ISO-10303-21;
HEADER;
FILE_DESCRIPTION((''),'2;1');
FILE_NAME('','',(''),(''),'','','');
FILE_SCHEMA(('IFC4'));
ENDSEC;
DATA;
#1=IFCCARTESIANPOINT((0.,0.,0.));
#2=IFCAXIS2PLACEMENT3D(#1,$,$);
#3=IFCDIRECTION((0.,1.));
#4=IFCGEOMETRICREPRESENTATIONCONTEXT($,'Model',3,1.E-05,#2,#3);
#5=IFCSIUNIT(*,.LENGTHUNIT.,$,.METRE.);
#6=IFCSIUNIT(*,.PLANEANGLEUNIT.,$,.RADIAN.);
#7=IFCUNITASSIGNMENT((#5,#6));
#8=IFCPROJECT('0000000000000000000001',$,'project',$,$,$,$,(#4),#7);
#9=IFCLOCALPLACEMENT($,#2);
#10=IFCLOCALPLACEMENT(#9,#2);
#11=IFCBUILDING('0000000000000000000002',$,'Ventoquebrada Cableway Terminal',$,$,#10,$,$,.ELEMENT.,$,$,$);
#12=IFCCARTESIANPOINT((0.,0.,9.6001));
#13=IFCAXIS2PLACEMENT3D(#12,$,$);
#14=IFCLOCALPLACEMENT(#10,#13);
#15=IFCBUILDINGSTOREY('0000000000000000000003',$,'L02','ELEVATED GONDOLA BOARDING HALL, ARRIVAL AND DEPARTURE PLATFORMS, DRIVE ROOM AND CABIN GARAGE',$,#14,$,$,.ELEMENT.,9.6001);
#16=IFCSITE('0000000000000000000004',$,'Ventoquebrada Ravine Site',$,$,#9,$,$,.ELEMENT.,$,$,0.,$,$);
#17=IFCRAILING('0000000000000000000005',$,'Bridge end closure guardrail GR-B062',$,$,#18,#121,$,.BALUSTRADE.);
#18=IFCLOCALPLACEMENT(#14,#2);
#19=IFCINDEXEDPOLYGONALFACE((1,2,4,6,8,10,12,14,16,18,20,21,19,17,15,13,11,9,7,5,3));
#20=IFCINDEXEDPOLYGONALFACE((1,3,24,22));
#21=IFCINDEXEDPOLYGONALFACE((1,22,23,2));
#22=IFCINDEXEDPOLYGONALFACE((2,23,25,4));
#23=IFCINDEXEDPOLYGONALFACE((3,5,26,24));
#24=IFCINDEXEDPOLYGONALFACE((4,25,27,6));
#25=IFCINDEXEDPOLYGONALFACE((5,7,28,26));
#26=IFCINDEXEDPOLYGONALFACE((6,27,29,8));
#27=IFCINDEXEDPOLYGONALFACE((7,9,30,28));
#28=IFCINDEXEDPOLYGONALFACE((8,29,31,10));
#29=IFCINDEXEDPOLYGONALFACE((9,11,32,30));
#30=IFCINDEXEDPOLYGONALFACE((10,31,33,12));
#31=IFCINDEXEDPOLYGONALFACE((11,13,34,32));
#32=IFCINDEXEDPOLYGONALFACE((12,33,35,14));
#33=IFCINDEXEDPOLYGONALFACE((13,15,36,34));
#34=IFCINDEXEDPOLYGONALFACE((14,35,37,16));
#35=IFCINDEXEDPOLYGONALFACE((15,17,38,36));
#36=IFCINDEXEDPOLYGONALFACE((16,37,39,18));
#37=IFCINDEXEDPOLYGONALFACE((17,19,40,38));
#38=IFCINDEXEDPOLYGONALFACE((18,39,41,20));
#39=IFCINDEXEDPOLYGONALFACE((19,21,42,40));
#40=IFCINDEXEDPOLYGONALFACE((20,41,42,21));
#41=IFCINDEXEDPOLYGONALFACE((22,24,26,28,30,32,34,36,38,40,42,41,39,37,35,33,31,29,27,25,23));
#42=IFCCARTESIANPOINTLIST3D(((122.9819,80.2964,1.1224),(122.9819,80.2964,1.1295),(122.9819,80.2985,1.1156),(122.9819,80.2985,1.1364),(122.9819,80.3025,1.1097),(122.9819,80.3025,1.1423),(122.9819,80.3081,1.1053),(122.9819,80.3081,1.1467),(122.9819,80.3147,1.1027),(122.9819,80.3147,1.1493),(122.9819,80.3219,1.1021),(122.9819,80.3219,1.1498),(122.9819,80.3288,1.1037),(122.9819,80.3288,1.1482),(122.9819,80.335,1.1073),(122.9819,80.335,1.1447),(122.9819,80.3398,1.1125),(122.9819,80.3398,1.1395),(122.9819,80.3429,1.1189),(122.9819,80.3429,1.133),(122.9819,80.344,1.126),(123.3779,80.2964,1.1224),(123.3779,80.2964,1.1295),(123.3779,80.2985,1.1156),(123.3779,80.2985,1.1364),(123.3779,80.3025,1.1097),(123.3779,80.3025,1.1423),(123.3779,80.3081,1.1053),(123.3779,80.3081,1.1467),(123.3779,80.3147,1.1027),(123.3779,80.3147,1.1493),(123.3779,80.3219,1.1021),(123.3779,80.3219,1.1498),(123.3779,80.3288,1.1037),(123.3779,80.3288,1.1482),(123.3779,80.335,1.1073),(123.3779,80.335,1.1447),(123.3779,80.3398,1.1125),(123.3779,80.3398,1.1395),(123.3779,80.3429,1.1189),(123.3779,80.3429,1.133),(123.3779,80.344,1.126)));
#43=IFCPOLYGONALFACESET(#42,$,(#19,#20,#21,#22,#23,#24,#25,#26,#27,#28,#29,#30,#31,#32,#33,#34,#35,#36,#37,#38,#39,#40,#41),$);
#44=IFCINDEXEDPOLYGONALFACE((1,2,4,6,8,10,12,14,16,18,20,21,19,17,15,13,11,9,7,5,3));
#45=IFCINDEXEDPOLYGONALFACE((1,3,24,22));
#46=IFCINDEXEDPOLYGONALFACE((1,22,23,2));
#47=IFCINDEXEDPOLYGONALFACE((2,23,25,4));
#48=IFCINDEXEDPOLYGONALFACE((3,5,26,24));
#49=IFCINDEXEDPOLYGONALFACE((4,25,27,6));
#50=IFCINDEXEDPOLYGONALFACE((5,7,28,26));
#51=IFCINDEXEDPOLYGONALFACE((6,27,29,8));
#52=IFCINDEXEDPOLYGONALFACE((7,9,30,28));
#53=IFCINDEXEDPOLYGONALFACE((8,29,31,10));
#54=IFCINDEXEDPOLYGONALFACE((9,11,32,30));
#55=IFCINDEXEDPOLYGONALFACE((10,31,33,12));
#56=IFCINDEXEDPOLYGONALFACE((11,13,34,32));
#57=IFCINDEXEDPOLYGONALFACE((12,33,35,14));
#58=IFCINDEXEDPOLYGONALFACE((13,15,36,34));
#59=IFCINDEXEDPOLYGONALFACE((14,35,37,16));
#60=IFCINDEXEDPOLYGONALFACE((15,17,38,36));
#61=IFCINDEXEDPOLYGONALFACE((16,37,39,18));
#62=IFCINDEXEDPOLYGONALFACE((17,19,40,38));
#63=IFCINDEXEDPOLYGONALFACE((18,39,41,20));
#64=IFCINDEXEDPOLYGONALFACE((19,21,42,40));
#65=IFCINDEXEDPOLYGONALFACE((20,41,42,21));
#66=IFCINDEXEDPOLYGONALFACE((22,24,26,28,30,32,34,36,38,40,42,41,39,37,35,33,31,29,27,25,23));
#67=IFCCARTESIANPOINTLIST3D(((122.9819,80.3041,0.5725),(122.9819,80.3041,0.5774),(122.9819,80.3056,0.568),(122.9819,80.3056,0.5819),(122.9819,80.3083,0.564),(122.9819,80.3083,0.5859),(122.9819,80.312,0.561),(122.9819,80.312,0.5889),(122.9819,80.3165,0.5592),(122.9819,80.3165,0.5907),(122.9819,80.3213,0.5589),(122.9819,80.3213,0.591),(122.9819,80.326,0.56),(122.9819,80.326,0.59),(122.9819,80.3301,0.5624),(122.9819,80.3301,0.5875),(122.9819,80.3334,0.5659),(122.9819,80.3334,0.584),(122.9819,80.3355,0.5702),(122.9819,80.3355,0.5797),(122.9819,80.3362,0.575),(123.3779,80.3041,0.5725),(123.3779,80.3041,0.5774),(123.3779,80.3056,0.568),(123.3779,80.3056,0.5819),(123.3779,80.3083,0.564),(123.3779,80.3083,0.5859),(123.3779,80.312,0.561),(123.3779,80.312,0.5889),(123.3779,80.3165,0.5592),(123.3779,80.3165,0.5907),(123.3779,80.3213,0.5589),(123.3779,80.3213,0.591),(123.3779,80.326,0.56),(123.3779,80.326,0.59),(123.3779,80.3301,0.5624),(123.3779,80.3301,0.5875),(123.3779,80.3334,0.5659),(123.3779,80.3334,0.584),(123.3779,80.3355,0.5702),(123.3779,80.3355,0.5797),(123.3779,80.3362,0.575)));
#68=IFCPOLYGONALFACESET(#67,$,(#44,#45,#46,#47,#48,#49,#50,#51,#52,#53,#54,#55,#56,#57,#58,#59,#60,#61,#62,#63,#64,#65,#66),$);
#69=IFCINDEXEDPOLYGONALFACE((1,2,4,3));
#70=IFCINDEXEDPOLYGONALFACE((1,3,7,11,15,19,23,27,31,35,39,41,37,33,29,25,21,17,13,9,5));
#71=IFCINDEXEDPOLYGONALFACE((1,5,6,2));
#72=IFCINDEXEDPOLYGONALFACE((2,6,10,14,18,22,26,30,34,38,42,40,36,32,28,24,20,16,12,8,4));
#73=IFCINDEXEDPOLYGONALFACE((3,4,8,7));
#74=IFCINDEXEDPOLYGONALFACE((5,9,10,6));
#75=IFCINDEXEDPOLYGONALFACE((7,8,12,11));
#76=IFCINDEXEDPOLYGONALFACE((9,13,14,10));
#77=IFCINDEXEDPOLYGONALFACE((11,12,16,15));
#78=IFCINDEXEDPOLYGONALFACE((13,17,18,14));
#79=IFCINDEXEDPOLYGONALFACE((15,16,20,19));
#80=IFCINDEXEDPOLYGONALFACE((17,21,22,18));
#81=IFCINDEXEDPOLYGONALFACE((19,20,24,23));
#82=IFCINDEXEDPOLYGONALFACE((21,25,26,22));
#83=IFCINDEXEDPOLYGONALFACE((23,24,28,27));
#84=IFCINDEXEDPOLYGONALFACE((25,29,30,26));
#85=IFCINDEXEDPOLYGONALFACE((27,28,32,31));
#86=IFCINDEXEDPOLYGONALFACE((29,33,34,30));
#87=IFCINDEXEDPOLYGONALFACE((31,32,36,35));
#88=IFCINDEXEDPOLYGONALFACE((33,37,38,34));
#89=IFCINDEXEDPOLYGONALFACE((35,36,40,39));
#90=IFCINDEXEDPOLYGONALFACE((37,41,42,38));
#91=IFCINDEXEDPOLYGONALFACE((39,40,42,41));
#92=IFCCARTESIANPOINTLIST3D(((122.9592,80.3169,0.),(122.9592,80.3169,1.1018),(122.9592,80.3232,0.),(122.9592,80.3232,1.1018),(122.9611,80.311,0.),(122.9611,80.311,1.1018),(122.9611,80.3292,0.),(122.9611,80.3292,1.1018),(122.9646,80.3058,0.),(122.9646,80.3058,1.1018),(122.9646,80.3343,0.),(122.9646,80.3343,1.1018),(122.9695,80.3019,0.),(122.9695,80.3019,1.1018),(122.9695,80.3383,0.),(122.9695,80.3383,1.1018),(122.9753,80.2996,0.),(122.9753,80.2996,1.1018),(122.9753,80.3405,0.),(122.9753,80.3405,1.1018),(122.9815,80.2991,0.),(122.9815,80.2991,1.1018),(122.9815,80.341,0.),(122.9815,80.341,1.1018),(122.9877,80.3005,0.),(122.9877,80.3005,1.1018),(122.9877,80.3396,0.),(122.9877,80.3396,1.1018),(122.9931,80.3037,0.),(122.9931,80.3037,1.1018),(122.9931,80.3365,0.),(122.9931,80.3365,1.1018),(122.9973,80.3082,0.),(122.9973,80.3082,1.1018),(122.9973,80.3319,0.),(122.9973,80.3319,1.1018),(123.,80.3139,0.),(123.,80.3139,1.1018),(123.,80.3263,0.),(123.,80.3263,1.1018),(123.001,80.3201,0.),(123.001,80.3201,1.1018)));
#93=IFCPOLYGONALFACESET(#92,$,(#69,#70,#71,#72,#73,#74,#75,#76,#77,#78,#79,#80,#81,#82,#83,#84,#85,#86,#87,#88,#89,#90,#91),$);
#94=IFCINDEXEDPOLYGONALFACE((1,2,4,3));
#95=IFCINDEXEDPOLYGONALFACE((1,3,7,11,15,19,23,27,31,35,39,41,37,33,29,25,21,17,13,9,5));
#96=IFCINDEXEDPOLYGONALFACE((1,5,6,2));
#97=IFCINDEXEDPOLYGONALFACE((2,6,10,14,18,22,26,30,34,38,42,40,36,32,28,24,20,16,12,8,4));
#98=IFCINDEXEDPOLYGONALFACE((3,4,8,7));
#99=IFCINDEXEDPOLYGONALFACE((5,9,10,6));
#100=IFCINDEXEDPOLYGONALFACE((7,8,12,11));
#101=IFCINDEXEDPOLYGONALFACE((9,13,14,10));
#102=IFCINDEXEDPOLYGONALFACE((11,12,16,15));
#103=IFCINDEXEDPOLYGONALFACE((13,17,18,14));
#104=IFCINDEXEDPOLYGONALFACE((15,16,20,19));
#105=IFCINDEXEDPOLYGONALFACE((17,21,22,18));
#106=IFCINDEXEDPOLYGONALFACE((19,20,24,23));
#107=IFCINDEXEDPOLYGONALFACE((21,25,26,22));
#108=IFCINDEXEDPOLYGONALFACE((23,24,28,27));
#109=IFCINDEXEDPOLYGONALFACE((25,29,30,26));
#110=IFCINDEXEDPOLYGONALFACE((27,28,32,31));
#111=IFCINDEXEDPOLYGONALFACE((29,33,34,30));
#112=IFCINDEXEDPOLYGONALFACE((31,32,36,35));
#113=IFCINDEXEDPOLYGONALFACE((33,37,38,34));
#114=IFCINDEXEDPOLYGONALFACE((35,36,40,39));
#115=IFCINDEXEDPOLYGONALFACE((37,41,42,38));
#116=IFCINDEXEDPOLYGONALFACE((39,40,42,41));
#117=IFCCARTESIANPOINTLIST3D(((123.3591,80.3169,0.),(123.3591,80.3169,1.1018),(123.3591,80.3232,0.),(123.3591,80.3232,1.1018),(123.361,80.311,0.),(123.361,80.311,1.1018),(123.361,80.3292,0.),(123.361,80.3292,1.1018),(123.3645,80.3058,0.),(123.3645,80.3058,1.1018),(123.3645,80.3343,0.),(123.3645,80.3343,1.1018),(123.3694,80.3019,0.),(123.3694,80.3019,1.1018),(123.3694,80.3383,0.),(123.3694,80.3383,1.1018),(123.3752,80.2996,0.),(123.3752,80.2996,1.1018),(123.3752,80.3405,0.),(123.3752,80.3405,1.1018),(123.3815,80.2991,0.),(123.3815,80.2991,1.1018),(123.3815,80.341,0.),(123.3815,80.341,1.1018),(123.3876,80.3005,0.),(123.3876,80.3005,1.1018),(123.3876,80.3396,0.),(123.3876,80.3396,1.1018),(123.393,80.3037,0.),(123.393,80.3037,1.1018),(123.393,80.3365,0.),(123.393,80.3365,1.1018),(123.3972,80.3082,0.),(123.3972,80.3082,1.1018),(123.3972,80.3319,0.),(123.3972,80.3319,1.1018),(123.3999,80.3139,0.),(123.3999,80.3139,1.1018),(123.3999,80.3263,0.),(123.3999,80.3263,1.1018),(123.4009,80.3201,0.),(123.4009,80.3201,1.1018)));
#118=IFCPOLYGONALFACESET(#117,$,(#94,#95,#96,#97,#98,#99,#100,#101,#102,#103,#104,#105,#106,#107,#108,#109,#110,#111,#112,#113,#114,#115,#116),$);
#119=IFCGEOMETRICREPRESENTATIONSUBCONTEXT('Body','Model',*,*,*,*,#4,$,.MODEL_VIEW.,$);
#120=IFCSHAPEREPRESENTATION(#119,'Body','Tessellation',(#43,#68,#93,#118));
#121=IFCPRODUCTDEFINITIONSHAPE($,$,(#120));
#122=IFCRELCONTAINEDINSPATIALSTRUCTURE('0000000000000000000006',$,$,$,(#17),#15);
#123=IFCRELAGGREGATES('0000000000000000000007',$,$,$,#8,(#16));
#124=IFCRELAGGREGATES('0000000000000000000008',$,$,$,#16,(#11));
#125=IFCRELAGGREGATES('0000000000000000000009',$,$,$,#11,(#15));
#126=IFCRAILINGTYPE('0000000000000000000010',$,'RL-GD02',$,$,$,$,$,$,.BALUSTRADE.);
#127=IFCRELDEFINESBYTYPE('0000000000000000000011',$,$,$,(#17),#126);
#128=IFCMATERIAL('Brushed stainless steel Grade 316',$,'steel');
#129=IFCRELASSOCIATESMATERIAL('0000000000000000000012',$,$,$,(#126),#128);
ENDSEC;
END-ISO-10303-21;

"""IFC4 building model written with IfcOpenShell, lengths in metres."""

from ifc_helpers import new_model, si_unit, direction, frame, origin, origin_2d, place, context, subcontext, project, spatial, circle, extrude, material, type_object, element, save


model = new_model("IFC4")

# Units and contexts
model_context = context("Model", 3, precision=1e-05, world=origin(), true_north=direction((0.0, 1.0)))
body_context = subcontext(model_context, "Body", "Model", "MODEL_VIEW")
ifc_project = project(units=[si_unit("LENGTHUNIT", "METRE"), si_unit("PLANEANGLEUNIT", "RADIAN")], contexts=[model_context])

# Site, building, storey
site_placement = place(None, origin())
site = spatial("IfcSite", under=ifc_project, at=site_placement, Name="Ventoquebrada Ravine Site", CompositionType="ELEMENT", RefElevation=0.0)
building_placement = place(site_placement, origin())
building = spatial("IfcBuilding", under=site, at=building_placement, Name="Ventoquebrada Cableway Terminal", CompositionType="ELEMENT")
storey_placement = place(building_placement, frame((0.0, 0.0, 9.6001)))
storey = spatial("IfcBuildingStorey", under=building, at=storey_placement, Name="L02", Description="ELEVATED GONDOLA BOARDING HALL, ARRIVAL AND DEPARTURE PLATFORMS, DRIVE ROOM AND CABIN GARAGE", CompositionType="ELEMENT", Elevation=9.6001)

# Railing
ifc_material_1 = material(Name="Brushed stainless steel Grade 316", Category="steel")
railing_type_1 = type_object("IfcRailingType", Name="RL-GD02", PredefinedType="BALUSTRADE", material=ifc_material_1)
for number, where, name in (
    (1, (122.98, 80.3201, 0.0), "Bridge end closure guardrail GR-B062"),
):
    element("IfcRailing", number, at=place(storey_placement, frame(where)), inside=storey, type_object=railing_type_1, Name=name, PredefinedType="BALUSTRADE", context=body_context, shape_type="SweptSolid", body=[
        extrude(circle(Radius=0.0239, at=origin_2d()), frame((0.002, 0.0, 1.126), z_axis=(1.0, 0.0, 0.0), x_axis=(0.0, 1.0, 0.0)), (0.0, 0.0, 1.0), 0.396),
        extrude(circle(Radius=0.0161, at=origin_2d()), frame((0.002, 0.0, 0.575), z_axis=(1.0, 0.0, 0.0), x_axis=(0.0, 1.0, 0.0)), (0.0, 0.0, 1.0), 0.396),
        extrude(circle(Radius=0.021, at=origin_2d()), origin(), (0.0, 0.0, 1.0), 1.1018),
        extrude(circle(Radius=0.021, at=origin_2d()), frame((0.3999, 0.0, 0.0)), (0.0, 0.0, 1.0), 1.1018),
    ])

save(model, "model.ifc")
